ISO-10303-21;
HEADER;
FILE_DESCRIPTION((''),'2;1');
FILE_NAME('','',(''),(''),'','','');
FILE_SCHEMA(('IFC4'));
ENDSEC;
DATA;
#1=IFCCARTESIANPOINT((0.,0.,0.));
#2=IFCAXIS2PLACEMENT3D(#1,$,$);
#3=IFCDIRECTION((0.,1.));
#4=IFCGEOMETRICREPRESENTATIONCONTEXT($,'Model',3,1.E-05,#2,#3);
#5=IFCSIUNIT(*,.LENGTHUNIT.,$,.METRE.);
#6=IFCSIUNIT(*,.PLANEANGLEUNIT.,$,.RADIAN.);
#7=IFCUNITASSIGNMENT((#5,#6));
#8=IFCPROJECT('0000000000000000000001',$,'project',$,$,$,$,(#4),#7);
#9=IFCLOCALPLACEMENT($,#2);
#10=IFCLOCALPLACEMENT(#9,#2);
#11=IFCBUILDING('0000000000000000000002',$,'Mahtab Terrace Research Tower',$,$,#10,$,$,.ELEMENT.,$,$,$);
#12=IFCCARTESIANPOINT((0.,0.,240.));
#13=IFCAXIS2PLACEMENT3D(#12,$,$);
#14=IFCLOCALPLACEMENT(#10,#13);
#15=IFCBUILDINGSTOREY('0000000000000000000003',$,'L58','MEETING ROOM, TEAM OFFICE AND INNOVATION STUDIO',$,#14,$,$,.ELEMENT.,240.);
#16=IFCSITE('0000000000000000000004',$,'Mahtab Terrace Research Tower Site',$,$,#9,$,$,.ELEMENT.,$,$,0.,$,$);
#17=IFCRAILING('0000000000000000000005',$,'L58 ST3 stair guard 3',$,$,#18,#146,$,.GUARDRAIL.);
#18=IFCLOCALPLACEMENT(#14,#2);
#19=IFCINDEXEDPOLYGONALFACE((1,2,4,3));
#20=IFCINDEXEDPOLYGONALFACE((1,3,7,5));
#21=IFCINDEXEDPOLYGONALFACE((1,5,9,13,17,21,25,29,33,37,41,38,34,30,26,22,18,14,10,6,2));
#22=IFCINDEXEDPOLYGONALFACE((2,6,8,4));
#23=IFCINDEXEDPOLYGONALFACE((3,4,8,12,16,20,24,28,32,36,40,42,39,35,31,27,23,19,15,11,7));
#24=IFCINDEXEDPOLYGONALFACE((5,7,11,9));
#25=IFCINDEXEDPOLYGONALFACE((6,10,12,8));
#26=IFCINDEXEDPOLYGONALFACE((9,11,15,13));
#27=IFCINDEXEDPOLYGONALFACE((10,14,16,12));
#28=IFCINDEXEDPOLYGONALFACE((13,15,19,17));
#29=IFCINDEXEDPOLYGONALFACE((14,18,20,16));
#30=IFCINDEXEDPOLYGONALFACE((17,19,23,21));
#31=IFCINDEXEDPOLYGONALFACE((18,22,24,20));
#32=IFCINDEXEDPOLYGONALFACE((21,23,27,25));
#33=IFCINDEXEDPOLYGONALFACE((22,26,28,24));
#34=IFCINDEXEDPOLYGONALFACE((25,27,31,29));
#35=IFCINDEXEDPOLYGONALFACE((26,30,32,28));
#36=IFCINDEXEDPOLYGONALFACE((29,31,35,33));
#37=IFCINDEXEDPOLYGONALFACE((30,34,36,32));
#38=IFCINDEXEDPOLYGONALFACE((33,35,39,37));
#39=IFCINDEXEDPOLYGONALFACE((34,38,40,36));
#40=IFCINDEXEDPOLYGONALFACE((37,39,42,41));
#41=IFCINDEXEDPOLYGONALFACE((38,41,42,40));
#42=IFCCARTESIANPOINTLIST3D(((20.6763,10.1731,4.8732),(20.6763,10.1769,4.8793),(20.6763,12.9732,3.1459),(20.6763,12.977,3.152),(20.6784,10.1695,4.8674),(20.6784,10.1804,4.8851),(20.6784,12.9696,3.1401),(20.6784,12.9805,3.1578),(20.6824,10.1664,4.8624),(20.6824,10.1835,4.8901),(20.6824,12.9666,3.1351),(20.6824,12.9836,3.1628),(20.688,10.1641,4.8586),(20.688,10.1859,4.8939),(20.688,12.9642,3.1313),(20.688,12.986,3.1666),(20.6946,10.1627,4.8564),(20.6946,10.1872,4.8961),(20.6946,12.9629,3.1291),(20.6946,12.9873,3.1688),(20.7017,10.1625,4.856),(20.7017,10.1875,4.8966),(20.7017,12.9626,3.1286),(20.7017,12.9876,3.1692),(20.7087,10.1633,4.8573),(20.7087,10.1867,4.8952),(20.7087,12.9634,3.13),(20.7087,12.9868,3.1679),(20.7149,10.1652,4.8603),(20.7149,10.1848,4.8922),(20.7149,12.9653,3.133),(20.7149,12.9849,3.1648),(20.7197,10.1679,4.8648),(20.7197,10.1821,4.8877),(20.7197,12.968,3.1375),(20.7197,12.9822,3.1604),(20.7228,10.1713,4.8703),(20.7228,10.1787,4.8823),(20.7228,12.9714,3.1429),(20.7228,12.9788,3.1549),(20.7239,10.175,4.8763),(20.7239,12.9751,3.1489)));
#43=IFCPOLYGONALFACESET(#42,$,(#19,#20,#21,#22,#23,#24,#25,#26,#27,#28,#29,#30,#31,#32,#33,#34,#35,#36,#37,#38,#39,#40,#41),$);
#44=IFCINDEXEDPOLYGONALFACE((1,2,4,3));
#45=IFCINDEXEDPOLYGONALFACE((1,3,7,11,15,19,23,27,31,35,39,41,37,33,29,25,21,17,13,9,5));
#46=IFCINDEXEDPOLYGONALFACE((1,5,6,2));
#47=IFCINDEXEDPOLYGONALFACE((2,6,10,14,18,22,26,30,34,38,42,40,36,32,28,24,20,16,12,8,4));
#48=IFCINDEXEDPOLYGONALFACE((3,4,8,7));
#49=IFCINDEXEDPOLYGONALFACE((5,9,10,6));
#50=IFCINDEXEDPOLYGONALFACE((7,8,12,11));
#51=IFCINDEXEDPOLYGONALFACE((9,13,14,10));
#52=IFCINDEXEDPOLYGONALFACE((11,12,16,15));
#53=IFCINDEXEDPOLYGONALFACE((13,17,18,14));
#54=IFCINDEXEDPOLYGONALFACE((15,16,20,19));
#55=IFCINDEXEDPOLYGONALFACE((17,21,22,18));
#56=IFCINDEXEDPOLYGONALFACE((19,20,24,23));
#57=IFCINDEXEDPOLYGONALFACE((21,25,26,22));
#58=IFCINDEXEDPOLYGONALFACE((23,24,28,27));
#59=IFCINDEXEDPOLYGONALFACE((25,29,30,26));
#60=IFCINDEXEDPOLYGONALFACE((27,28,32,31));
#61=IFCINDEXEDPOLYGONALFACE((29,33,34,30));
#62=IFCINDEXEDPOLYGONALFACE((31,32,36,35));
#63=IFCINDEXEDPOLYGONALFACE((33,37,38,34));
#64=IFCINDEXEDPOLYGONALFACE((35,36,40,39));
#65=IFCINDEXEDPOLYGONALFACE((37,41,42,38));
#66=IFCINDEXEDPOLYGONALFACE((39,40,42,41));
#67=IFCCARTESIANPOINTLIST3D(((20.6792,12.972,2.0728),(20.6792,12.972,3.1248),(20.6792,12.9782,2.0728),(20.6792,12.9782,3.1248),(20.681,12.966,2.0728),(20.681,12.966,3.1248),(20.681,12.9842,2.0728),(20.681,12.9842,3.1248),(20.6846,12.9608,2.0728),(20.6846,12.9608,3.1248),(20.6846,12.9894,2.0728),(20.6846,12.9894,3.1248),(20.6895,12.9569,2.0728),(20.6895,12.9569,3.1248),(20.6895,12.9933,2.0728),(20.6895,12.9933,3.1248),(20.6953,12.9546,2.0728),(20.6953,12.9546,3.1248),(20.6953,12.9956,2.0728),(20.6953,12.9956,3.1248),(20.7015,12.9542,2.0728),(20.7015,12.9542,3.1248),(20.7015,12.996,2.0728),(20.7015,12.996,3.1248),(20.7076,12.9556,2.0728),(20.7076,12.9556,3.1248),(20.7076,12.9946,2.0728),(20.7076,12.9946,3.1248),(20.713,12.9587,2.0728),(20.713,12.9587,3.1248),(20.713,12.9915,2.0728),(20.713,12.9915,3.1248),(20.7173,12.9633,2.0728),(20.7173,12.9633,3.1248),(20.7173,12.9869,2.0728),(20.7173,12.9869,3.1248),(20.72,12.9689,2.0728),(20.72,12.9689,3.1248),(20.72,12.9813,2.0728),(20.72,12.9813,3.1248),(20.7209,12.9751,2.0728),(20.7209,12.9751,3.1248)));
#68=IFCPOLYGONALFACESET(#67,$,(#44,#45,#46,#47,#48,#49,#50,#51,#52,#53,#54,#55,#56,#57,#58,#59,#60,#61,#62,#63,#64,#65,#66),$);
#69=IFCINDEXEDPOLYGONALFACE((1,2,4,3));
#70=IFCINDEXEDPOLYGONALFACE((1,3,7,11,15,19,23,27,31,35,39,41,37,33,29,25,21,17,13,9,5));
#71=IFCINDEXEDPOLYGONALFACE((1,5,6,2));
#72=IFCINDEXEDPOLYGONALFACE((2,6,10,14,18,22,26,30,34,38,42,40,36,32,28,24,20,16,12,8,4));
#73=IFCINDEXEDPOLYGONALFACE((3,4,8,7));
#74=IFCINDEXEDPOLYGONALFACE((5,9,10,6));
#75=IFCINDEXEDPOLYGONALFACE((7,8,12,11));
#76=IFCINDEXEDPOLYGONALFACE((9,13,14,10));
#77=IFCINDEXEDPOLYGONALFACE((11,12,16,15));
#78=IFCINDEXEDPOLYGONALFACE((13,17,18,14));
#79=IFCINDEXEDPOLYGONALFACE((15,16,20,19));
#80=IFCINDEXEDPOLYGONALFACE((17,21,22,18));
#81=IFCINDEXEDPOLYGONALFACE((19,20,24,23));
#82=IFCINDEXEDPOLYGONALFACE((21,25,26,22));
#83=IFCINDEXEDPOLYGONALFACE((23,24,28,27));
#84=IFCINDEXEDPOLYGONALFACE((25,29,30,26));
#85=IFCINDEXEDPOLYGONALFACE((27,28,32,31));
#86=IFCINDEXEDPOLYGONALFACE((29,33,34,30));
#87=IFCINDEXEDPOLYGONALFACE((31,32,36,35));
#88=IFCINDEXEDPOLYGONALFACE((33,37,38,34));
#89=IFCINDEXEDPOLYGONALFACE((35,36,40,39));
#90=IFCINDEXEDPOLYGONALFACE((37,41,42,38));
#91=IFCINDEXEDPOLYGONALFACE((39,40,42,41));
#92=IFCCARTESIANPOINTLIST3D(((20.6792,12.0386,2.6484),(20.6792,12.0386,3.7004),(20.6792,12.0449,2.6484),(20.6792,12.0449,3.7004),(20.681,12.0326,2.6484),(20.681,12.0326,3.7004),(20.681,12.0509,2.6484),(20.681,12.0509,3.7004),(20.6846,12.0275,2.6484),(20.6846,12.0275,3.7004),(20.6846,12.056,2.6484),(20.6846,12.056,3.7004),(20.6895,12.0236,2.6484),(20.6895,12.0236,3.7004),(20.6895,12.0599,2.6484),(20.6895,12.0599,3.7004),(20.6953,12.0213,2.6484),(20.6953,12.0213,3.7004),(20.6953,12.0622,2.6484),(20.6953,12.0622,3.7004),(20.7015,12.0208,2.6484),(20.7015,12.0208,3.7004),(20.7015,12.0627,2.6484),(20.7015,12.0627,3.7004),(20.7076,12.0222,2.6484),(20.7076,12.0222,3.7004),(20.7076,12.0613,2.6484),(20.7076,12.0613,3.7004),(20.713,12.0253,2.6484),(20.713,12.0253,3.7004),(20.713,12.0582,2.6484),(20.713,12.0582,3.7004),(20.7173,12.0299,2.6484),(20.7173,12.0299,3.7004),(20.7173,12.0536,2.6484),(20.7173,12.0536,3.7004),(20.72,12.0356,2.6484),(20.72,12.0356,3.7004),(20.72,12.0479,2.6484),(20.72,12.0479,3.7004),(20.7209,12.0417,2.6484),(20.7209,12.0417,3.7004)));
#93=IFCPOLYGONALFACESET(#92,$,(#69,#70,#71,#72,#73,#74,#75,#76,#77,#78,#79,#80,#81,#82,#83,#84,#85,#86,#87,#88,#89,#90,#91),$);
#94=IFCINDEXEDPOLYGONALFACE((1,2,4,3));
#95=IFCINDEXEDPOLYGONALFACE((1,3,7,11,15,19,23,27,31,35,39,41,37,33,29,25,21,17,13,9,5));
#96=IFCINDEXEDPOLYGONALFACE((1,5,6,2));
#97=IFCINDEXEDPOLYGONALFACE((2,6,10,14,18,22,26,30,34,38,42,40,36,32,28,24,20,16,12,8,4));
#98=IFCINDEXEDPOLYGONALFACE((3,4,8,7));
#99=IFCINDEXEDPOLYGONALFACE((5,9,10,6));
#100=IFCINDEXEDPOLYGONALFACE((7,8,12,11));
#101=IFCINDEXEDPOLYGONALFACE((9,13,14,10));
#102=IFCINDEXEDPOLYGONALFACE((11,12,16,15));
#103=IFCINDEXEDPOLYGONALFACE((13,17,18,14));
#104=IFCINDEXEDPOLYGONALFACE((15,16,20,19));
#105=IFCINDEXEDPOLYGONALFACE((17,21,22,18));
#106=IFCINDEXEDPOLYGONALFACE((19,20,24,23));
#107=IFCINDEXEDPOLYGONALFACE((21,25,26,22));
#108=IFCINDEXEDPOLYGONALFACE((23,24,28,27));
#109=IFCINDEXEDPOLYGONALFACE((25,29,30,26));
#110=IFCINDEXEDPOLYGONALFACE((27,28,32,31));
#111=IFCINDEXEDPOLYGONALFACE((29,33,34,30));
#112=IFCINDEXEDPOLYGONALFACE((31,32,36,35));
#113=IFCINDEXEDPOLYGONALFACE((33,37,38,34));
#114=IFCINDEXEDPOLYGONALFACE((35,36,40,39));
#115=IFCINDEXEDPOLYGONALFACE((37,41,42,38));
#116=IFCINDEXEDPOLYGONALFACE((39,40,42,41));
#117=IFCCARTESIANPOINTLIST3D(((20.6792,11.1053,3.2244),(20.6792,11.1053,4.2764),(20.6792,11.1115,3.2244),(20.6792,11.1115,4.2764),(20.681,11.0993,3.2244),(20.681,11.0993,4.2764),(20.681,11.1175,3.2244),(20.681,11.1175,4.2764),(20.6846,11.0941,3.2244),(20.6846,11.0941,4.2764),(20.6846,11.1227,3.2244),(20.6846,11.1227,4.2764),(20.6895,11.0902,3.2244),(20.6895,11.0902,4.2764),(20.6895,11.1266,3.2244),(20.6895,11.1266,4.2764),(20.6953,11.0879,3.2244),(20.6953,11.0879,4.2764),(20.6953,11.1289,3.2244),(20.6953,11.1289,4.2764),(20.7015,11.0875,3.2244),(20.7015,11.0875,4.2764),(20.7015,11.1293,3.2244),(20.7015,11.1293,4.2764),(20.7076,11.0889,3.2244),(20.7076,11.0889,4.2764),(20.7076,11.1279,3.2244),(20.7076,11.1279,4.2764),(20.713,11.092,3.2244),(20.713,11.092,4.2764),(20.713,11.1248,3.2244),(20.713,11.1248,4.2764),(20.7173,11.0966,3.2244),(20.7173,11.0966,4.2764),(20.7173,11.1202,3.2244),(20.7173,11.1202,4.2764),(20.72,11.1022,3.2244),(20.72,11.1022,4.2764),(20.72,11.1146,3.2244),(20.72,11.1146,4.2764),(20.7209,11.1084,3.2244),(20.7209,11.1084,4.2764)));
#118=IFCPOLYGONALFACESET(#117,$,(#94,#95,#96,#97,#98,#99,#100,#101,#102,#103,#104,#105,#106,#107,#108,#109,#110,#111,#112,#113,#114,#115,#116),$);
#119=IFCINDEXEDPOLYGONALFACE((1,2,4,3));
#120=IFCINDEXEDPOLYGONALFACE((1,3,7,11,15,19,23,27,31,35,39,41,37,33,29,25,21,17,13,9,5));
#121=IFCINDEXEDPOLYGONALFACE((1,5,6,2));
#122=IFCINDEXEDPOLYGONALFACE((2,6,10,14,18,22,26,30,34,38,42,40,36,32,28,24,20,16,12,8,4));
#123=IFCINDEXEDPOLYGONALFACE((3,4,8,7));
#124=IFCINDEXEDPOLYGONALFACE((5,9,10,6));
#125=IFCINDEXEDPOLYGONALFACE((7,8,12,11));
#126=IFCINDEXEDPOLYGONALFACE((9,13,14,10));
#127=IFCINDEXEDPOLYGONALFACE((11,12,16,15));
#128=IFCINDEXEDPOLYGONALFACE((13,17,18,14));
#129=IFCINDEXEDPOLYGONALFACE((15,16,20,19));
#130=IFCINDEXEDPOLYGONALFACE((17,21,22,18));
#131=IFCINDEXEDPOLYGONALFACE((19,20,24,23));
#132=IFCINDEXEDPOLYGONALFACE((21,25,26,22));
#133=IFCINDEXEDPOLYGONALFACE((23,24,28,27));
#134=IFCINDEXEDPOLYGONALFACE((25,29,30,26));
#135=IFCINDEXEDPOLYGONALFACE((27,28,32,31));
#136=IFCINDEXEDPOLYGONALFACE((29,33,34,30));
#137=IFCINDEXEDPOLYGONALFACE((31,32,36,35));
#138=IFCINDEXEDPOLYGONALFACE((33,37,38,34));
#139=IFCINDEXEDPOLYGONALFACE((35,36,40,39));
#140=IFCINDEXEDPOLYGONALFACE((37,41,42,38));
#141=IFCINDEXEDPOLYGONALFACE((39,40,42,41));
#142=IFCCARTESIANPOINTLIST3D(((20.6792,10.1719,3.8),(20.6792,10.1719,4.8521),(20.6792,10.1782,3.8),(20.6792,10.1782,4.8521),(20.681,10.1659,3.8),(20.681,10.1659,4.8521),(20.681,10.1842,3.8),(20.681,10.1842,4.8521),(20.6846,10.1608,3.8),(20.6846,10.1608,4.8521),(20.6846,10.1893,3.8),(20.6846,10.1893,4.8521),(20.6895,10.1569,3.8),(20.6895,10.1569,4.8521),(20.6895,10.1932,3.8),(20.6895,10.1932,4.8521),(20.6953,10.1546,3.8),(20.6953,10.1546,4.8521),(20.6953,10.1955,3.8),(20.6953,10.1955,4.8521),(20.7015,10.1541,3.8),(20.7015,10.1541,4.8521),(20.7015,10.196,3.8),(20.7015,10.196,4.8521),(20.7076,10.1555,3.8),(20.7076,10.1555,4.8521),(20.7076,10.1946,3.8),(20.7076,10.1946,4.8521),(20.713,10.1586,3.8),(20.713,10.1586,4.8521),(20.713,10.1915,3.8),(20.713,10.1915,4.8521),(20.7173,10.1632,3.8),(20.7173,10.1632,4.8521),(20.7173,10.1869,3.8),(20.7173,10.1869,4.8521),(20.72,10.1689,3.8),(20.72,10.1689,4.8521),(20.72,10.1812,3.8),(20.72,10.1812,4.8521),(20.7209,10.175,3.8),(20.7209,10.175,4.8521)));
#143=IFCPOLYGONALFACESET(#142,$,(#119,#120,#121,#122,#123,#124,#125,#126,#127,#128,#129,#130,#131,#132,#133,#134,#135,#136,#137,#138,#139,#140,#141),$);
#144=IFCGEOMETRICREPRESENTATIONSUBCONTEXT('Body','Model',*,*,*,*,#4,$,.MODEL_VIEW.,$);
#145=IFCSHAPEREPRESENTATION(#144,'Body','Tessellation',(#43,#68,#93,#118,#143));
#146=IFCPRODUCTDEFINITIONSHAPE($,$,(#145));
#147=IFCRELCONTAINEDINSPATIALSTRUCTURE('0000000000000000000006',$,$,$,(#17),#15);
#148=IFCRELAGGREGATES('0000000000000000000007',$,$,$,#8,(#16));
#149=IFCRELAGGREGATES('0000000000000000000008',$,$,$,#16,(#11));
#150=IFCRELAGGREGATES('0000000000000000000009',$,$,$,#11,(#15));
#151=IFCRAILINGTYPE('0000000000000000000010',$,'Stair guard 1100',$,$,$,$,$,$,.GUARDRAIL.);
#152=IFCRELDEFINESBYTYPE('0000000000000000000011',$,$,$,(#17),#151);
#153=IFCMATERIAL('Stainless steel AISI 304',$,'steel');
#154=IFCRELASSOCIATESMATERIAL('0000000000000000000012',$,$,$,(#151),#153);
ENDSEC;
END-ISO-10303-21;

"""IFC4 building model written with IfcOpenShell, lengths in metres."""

from ifc_helpers import new_model, si_unit, direction, frame, origin, origin_2d, place, context, subcontext, project, spatial, circle, extrude, material, type_object, element, save


model = new_model("IFC4")

# Units and contexts
model_context = context("Model", 3, precision=1e-05, world=origin(), true_north=direction((0.0, 1.0)))
body_context = subcontext(model_context, "Body", "Model", "MODEL_VIEW")
ifc_project = project(units=[si_unit("LENGTHUNIT", "METRE"), si_unit("PLANEANGLEUNIT", "RADIAN")], contexts=[model_context])

# Site, building, storey
site_placement = place(None, origin())
site = spatial("IfcSite", under=ifc_project, at=site_placement, Name="Mahtab Terrace Research Tower Site", CompositionType="ELEMENT", RefElevation=0.0)
building_placement = place(site_placement, origin())
building = spatial("IfcBuilding", under=site, at=building_placement, Name="Mahtab Terrace Research Tower", CompositionType="ELEMENT")
storey_placement = place(building_placement, frame((0.0, 0.0, 240.0)))
storey = spatial("IfcBuildingStorey", under=building, at=storey_placement, Name="L58", Description="MEETING ROOM, TEAM OFFICE AND INNOVATION STUDIO", CompositionType="ELEMENT", Elevation=240.0)

# Shared definitions
ifc_material_1 = material(Name="Stainless steel AISI 304", Category="steel")

# Railing
railing_type_1 = type_object("IfcRailingType", Name="Stair guard 1100", PredefinedType="GUARDRAIL", material=ifc_material_1)
railing_1_placement = place(storey_placement, frame((20.7, 12.9751, 2.0728)))
element("IfcRailing", 1, at=railing_1_placement, inside=storey, type_object=railing_type_1, Name="L58 ST3 stair guard 3", PredefinedType="GUARDRAIL", context=body_context, shape_type="SweptSolid", body=[
    extrude(circle(Radius=0.0239, at=origin_2d()), frame((0.0, 0.0, 1.0762), z_axis=(0.0, -0.85109, 0.52502), x_axis=(1.0, 0.0, 0.0)), (0.0, 0.0, 1.0), 3.29),
    extrude(circle(Radius=0.021, at=origin_2d()), origin(), (0.0, 0.0, 1.0), 1.052),
    extrude(circle(Radius=0.021, at=origin_2d()), frame((0.0, -0.9333, 0.5757)), (0.0, 0.0, 1.0), 1.052),
    extrude(circle(Radius=0.021, at=origin_2d()), frame((0.0, -1.8667, 1.1516)), (0.0, 0.0, 1.0), 1.052),
    extrude(circle(Radius=0.021, at=origin_2d()), frame((0.0, -2.8, 1.7273)), (0.0, 0.0, 1.0), 1.052),
])

save(model, "model.ifc")
